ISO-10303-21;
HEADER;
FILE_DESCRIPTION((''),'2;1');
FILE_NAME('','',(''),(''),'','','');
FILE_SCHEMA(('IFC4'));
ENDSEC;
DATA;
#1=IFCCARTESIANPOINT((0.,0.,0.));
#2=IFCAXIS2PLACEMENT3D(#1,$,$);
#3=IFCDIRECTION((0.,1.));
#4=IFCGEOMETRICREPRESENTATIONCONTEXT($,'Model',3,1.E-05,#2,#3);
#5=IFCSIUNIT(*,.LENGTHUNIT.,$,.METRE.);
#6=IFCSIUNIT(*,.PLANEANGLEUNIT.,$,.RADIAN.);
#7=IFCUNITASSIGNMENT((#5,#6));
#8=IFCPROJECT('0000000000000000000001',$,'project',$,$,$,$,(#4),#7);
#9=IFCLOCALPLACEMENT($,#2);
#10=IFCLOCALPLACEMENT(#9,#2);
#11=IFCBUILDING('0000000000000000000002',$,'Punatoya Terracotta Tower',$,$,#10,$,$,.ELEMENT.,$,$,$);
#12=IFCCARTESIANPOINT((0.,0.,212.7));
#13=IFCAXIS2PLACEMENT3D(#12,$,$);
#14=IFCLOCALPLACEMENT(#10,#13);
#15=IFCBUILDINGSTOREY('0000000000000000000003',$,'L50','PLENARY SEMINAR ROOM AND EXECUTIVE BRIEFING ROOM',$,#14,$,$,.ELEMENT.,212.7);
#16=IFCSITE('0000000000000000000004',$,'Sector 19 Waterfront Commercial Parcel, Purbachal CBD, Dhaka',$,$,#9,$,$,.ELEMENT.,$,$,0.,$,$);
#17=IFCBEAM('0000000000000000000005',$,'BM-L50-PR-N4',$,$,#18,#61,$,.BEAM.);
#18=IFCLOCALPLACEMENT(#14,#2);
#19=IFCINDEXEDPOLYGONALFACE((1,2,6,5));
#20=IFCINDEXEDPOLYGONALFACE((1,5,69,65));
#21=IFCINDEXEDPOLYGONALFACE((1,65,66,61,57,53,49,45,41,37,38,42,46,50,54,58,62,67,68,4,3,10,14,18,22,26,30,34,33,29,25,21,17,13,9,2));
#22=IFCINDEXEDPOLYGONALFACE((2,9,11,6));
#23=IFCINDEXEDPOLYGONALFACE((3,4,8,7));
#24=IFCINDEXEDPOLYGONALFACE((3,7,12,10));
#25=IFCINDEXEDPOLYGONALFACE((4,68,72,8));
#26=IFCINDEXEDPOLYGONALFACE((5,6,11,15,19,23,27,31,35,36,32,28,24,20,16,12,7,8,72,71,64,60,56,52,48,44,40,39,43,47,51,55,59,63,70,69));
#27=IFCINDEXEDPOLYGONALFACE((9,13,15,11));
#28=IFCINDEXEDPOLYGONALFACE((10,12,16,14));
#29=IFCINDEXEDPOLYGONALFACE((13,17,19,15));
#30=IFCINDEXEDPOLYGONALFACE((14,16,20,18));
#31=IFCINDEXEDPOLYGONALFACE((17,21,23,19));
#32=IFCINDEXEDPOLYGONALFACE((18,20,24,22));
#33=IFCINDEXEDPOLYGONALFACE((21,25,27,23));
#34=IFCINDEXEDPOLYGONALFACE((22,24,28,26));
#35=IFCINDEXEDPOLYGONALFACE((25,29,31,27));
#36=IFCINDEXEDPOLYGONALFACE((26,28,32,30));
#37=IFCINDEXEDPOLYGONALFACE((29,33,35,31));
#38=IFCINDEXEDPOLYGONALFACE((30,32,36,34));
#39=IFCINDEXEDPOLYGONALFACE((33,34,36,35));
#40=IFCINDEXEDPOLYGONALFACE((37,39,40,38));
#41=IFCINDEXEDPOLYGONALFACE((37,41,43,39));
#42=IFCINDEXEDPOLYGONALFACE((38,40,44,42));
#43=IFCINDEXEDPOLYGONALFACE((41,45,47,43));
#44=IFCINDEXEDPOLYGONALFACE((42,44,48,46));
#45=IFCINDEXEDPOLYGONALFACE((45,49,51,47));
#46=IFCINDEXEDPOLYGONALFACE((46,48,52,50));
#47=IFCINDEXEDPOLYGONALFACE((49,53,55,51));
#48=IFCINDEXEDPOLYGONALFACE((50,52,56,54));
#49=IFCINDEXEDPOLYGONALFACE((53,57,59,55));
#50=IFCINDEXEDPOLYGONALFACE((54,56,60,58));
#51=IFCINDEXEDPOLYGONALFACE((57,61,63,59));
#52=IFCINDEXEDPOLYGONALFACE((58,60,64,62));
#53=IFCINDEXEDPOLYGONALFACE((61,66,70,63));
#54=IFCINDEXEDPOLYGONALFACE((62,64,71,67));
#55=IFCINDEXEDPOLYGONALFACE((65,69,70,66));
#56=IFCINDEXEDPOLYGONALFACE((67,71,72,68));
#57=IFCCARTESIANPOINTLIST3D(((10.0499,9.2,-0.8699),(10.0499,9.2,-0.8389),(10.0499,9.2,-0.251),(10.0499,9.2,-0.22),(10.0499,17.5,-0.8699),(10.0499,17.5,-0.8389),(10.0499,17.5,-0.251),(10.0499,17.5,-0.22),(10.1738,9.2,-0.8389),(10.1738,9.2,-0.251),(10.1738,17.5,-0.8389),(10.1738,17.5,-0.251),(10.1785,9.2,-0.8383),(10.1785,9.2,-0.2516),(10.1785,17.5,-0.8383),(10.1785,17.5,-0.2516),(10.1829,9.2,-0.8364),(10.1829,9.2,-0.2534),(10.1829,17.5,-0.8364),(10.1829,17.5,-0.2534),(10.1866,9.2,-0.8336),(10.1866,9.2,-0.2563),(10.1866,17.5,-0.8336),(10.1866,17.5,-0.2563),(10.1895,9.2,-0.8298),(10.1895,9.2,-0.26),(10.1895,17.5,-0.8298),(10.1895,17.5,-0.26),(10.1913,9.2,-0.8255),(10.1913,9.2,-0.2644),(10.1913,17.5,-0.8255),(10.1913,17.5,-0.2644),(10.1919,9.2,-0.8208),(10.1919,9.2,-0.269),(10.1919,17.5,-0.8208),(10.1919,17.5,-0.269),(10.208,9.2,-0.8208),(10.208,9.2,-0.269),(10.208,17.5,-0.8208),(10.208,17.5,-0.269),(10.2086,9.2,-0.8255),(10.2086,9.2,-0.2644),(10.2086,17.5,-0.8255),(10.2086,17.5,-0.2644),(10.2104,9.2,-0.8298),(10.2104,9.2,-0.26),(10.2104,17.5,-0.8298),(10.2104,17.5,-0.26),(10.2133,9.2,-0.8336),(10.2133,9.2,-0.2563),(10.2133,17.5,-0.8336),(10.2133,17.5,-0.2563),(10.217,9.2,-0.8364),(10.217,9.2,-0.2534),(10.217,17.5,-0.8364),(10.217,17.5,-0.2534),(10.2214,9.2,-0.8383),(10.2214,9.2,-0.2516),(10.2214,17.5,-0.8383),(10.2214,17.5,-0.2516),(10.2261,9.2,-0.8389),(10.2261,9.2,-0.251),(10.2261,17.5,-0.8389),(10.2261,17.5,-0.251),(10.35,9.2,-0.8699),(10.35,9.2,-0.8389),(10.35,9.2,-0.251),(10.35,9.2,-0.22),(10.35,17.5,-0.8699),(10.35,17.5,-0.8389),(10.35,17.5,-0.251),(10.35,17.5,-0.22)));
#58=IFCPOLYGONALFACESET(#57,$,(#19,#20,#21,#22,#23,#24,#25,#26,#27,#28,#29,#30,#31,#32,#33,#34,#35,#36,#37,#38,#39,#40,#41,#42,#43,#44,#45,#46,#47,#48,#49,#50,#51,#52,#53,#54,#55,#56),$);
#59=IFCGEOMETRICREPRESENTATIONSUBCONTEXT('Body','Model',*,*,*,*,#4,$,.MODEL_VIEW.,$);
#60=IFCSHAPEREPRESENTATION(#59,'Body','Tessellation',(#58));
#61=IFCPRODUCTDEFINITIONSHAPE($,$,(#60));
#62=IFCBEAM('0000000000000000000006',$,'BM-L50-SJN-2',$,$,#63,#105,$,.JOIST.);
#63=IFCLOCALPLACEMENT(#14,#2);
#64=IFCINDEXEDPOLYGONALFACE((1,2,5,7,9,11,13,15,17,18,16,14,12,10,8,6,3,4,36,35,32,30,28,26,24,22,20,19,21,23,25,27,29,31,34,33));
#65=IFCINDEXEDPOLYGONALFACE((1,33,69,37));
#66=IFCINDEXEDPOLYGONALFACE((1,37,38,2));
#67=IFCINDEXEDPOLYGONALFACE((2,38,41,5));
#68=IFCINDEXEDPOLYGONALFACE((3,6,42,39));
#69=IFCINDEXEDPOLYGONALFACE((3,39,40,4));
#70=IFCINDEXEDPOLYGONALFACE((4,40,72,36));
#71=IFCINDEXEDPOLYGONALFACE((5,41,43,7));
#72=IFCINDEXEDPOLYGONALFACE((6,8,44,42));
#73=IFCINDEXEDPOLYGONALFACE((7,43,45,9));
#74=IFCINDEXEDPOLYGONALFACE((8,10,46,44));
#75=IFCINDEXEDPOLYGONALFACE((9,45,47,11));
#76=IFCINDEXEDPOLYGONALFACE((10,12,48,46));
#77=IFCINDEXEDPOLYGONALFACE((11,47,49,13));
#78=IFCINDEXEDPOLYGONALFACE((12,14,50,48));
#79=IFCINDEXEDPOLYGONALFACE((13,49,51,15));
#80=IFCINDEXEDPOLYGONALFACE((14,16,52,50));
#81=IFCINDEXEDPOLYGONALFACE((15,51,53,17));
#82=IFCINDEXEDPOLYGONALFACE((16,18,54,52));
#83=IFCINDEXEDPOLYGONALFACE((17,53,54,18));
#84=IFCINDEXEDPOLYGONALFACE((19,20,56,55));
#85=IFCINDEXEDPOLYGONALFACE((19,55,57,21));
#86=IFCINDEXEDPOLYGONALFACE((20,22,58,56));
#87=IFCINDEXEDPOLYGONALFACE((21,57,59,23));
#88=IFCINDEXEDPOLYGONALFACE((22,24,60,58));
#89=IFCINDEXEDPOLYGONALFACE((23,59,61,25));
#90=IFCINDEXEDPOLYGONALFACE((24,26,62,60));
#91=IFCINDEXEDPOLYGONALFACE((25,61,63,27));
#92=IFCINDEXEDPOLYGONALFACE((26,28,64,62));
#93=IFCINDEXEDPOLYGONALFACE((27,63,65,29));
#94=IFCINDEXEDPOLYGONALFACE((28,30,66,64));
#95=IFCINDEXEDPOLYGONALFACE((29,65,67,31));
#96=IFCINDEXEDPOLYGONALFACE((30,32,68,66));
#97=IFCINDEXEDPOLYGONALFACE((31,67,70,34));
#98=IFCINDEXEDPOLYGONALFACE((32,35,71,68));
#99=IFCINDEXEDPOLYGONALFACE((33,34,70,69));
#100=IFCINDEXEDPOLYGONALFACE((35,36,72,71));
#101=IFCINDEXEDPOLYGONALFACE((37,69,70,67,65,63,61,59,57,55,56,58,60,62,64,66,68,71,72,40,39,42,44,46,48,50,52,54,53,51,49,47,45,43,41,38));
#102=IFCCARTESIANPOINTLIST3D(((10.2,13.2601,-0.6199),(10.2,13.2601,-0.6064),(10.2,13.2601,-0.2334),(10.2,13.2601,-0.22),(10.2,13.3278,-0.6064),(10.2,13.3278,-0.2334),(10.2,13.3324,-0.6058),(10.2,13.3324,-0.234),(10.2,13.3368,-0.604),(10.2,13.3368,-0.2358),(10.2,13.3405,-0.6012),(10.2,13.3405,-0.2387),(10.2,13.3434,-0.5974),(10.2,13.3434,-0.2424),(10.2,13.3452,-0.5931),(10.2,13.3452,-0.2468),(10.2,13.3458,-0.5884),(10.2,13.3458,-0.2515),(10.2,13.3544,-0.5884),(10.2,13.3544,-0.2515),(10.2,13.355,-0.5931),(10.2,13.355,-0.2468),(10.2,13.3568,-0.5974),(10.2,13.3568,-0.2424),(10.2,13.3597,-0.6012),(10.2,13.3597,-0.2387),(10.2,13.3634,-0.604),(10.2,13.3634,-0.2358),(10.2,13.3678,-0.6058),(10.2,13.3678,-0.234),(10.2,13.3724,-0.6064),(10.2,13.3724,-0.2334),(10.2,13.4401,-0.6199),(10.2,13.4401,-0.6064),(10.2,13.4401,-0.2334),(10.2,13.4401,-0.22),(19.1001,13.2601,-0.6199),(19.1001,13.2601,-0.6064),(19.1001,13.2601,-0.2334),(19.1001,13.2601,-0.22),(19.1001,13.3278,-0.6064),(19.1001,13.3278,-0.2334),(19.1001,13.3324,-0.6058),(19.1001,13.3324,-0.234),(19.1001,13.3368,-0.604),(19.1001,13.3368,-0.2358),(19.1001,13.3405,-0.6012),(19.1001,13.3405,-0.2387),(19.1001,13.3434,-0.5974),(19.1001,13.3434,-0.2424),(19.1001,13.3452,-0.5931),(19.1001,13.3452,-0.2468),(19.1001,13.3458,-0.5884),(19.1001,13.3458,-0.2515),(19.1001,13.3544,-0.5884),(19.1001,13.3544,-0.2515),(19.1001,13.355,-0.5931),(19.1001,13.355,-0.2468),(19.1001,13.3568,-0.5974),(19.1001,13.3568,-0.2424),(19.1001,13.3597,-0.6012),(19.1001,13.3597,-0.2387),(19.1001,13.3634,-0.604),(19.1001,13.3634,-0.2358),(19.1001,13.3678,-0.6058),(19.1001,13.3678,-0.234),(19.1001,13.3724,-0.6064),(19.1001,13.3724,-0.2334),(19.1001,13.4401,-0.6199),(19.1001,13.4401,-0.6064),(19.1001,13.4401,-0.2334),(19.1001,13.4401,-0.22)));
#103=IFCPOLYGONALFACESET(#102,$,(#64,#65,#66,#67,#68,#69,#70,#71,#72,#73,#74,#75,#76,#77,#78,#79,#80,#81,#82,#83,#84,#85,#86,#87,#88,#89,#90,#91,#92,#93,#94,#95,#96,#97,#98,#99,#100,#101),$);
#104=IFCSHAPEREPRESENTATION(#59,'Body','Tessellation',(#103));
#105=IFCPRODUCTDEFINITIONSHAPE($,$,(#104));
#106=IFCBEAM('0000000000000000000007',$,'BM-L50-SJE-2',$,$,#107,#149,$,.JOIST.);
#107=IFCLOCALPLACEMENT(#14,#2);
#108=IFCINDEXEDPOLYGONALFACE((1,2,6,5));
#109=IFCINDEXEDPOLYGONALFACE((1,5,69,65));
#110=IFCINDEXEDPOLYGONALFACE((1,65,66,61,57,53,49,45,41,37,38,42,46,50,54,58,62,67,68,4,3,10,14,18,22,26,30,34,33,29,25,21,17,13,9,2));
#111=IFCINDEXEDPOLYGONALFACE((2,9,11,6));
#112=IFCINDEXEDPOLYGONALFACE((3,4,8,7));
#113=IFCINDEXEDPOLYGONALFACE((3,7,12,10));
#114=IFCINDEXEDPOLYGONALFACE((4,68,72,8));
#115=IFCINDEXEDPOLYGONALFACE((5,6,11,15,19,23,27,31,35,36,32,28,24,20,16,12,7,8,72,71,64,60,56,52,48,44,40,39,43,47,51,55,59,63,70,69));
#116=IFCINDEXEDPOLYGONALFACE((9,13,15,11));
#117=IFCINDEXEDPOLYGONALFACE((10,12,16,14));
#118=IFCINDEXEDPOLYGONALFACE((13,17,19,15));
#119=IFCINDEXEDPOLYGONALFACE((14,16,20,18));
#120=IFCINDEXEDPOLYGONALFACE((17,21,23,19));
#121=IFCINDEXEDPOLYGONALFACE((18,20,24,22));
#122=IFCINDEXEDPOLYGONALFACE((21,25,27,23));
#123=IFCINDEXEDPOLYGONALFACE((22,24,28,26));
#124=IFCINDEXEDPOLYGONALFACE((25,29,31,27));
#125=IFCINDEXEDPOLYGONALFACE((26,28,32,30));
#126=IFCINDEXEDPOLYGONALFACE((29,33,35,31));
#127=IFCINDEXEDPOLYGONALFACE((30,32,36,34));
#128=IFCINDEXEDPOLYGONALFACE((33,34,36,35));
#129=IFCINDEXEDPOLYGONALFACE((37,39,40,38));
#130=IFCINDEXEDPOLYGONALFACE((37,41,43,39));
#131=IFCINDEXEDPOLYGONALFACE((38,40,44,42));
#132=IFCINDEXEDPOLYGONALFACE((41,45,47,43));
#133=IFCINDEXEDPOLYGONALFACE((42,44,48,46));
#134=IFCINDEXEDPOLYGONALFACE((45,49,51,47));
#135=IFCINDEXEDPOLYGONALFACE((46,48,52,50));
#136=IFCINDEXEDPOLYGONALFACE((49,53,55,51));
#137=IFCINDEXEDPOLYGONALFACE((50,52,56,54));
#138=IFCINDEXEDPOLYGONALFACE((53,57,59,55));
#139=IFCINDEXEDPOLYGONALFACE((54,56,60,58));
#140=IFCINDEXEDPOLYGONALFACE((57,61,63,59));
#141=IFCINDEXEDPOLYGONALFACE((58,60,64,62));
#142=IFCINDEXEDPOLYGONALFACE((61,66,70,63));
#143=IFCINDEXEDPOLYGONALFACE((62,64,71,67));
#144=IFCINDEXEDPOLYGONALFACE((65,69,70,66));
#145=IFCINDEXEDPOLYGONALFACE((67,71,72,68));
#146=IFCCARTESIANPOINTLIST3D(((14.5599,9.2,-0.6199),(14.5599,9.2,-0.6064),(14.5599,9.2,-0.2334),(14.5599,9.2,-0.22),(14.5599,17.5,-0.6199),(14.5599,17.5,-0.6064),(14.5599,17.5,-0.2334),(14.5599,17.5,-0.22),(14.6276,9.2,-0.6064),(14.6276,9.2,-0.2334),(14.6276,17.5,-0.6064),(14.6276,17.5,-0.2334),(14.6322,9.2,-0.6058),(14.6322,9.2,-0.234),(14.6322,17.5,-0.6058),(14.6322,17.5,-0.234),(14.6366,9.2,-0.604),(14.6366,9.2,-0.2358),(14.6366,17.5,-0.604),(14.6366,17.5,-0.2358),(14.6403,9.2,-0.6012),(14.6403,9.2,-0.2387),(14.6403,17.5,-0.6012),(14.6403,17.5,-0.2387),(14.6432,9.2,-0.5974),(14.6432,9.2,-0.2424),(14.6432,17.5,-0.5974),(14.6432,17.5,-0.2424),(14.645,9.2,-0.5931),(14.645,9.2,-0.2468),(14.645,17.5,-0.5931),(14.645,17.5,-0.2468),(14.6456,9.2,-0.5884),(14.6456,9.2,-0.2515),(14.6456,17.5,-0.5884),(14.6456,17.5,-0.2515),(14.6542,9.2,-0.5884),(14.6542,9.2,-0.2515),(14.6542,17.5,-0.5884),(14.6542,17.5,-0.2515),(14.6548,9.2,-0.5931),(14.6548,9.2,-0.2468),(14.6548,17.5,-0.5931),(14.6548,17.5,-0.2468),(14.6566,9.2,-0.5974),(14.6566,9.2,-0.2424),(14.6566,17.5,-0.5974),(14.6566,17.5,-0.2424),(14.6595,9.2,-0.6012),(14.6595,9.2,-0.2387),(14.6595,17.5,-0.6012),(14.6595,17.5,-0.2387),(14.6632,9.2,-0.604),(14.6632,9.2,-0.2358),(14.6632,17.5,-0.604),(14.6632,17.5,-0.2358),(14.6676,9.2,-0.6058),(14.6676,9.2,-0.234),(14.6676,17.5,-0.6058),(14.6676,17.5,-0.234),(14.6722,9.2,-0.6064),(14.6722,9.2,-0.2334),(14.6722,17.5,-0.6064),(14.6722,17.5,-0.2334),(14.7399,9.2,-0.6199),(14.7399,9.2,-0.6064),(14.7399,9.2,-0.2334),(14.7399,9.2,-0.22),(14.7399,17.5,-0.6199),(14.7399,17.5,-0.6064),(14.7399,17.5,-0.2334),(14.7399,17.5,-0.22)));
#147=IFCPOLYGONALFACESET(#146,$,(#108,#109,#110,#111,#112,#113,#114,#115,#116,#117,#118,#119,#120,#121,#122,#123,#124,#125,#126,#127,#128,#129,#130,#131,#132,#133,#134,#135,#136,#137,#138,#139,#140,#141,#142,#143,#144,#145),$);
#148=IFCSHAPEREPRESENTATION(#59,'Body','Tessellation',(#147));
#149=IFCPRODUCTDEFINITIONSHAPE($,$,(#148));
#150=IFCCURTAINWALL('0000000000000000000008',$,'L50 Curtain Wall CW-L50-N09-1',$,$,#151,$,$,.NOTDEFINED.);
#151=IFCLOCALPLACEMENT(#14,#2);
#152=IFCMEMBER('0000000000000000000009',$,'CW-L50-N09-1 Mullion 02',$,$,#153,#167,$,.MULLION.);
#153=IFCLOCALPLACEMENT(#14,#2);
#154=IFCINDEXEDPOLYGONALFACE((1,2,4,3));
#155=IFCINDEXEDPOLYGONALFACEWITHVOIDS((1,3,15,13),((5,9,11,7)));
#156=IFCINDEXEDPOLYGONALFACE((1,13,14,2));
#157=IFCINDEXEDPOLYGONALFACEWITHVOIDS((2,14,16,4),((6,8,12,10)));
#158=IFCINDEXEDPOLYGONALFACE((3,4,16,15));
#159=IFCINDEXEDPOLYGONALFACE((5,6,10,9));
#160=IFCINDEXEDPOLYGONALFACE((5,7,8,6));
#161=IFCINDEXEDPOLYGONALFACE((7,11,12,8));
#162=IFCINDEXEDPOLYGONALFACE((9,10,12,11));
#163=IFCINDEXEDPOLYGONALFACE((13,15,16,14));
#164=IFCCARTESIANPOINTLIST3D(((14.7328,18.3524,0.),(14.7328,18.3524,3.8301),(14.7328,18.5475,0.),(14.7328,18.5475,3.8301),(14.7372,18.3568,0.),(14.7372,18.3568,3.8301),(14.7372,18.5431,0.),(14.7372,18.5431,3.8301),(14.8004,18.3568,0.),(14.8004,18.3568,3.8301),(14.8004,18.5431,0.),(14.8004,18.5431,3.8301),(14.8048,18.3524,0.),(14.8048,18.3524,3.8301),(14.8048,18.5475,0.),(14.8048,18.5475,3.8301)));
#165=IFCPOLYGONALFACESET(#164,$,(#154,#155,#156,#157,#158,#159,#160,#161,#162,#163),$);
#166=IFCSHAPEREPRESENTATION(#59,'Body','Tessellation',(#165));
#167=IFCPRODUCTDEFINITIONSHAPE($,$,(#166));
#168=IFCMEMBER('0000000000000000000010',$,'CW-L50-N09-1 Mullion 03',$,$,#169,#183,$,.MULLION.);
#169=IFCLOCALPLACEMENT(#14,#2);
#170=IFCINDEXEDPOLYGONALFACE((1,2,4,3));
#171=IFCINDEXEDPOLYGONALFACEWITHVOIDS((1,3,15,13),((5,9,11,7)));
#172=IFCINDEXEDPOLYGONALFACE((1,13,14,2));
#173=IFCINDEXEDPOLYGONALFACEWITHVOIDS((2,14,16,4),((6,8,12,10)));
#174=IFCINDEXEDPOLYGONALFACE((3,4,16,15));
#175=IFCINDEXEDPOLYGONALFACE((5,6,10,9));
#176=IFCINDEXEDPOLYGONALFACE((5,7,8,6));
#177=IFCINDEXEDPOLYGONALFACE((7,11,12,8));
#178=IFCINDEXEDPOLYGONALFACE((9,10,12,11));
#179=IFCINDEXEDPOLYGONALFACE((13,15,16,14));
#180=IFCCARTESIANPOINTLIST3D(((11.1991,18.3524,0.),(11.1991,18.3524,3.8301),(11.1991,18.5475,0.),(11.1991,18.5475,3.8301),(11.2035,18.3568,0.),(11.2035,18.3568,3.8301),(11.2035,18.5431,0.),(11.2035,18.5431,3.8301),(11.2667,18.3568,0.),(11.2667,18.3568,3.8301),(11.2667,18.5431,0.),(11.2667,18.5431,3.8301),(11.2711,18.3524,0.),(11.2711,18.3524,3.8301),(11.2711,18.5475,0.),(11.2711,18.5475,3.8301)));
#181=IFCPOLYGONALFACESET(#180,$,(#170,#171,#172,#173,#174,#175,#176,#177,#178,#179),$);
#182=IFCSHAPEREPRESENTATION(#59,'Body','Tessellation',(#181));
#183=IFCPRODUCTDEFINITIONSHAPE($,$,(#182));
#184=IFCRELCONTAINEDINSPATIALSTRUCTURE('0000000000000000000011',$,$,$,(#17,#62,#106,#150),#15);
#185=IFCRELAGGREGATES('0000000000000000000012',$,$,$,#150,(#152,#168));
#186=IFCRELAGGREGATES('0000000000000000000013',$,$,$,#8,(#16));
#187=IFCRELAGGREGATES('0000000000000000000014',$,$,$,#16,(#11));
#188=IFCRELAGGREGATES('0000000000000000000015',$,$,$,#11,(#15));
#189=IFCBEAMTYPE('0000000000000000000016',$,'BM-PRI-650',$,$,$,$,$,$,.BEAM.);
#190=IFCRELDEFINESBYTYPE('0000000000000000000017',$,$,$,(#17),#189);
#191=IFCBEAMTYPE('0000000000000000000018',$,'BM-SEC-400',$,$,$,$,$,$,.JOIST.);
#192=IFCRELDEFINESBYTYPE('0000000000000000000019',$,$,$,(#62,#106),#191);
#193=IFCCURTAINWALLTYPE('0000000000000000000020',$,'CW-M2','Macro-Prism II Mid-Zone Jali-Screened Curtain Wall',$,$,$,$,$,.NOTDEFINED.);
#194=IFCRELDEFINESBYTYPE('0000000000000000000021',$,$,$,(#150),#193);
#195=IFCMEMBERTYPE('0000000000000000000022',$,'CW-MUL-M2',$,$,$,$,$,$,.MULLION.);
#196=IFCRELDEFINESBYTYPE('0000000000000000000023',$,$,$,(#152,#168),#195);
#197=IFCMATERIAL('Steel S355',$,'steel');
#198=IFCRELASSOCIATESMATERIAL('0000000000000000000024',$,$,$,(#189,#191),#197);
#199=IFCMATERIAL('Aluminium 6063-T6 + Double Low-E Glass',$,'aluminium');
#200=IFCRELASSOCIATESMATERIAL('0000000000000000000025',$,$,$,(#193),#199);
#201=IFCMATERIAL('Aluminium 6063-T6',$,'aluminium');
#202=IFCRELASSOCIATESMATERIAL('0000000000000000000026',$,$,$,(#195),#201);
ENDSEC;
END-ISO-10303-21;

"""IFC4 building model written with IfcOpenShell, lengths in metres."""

from ifc_helpers import new_model, si_unit, direction, frame, origin, origin_2d, place, context, subcontext, project, spatial, hollow_rectangle, i_section, extrude, material, material_profile, profile_set, type_object, element, aggregate, save


model = new_model("IFC4")

# Units and contexts
model_context = context("Model", 3, precision=1e-05, world=origin(), true_north=direction((0.0, 1.0)))
body_context = subcontext(model_context, "Body", "Model", "MODEL_VIEW")
ifc_project = project(units=[si_unit("LENGTHUNIT", "METRE"), si_unit("PLANEANGLEUNIT", "RADIAN")], contexts=[model_context])

# Site, building, storey
site_placement = place(None, origin())
site = spatial("IfcSite", under=ifc_project, at=site_placement, Name="Sector 19 Waterfront Commercial Parcel, Purbachal CBD, Dhaka", CompositionType="ELEMENT", RefElevation=0.0)
building_placement = place(site_placement, origin())
building = spatial("IfcBuilding", under=site, at=building_placement, Name="Punatoya Terracotta Tower", CompositionType="ELEMENT")
storey_placement = place(building_placement, frame((0.0, 0.0, 212.7)))
storey = spatial("IfcBuildingStorey", under=building, at=storey_placement, Name="L50", Description="PLENARY SEMINAR ROOM AND EXECUTIVE BRIEFING ROOM", CompositionType="ELEMENT", Elevation=212.7)

# Beams
ifc_material_1 = material(Name="Steel S355", Category="steel")
ifc_material_profile_1 = material_profile(ifc_material_1, i_section(OverallWidth=0.3, OverallDepth=0.6499, WebThickness=0.0161, FlangeThickness=0.031, FilletRadius=0.0181, at=origin_2d()))
ifc_profile_set_1 = profile_set([ifc_material_profile_1], Name="Steel S355")
beam_type_1 = type_object("IfcBeamType", Name="BM-PRI-650", PredefinedType="BEAM", material=ifc_profile_set_1)
for number, where, z_axis, x_axis, name in (
    (1, (10.2, 9.2, -0.5449), (0.0, 1.0, 0.0), (-1.0, 0.0, 0.0), "BM-L50-PR-N4"),
):
    element("IfcBeam", number, at=place(storey_placement, frame(where, z_axis=z_axis, x_axis=x_axis)), inside=storey, type_object=beam_type_1, Name=name, PredefinedType="BEAM", context=body_context, shape_type="SweptSolid", body=[
        extrude(i_section(OverallWidth=0.3, OverallDepth=0.6499, WebThickness=0.0161, FlangeThickness=0.031, FilletRadius=0.0181, at=origin_2d()), origin(), (0.0, 0.0, 1.0), 8.3),
    ])
ifc_material_profile_2 = material_profile(ifc_material_1, i_section(OverallWidth=0.1799, OverallDepth=0.3999, WebThickness=0.0085, FlangeThickness=0.0134, FilletRadius=0.0181, at=origin_2d()))
ifc_profile_set_2 = profile_set([ifc_material_profile_2], Name="Steel S355")
beam_type_2 = type_object("IfcBeamType", Name="BM-SEC-400", PredefinedType="JOIST", material=ifc_profile_set_2)
beam_1_placement = place(storey_placement, frame((10.2, 13.3501, -0.4199), z_axis=(1.0, 0.0, 0.0), x_axis=(0.0, 1.0, 0.0)))
element("IfcBeam", 2, at=beam_1_placement, inside=storey, type_object=beam_type_2, Name="BM-L50-SJN-2", PredefinedType="JOIST", context=body_context, shape_type="SweptSolid", body=[
    extrude(i_section(OverallWidth=0.1799, OverallDepth=0.3999, WebThickness=0.0085, FlangeThickness=0.0134, FilletRadius=0.0181, at=origin_2d()), origin(), (0.0, 0.0, 1.0), 8.9001),
])
beam_2_placement = place(storey_placement, frame((14.6499, 9.2, -0.4199), z_axis=(0.0, 1.0, 0.0), x_axis=(-1.0, 0.0, 0.0)))
element("IfcBeam", 3, at=beam_2_placement, inside=storey, type_object=beam_type_2, Name="BM-L50-SJE-2", PredefinedType="JOIST", context=body_context, shape_type="SweptSolid", body=[
    extrude(i_section(OverallWidth=0.1799, OverallDepth=0.3999, WebThickness=0.0085, FlangeThickness=0.0134, FilletRadius=0.0181, at=origin_2d()), origin(), (0.0, 0.0, 1.0), 8.3),
])

# Curtain wall, members
ifc_material_2 = material(Name="Aluminium 6063-T6 + Double Low-E Glass", Category="aluminium")
curtain_wall_type = type_object("IfcCurtainWallType", Name="CW-M2", Description="Macro-Prism II Mid-Zone Jali-Screened Curtain Wall", PredefinedType="NOTDEFINED", material=ifc_material_2)
curtain_wall_placement = place(storey_placement, origin())
curtain_wall = element("IfcCurtainWall", 4, at=curtain_wall_placement, inside=storey, type_object=curtain_wall_type, Name="L50 Curtain Wall CW-L50-N09-1", PredefinedType="NOTDEFINED")
ifc_material_3 = material(Name="Aluminium 6063-T6", Category="aluminium")
ifc_material_profile_3 = material_profile(ifc_material_3, hollow_rectangle(XDim=0.072, YDim=0.1951, WallThickness=0.0044, at=origin_2d()))
ifc_profile_set_3 = profile_set([ifc_material_profile_3], Name="Aluminium 6063-T6")
member_type = type_object("IfcMemberType", Name="CW-MUL-M2", PredefinedType="MULLION", material=ifc_profile_set_3)
member_1_placement = place(storey_placement, frame((14.7688, 18.45, 0.0), z_axis=(0.0, 0.0, 1.0), x_axis=(1.0, 0.0, 0.0)))
member_1 = element("IfcMember", 5, at=member_1_placement, type_object=member_type, Name="CW-L50-N09-1 Mullion 02", PredefinedType="MULLION", context=body_context, shape_type="SweptSolid", body=[
    extrude(hollow_rectangle(XDim=0.072, YDim=0.1951, WallThickness=0.0044, at=origin_2d()), origin(), (0.0, 0.0, 1.0), 3.8301),
])
member_2_placement = place(storey_placement, frame((11.2351, 18.45, 0.0), z_axis=(0.0, 0.0, 1.0), x_axis=(1.0, 0.0, 0.0)))
member_2 = element("IfcMember", 6, at=member_2_placement, type_object=member_type, Name="CW-L50-N09-1 Mullion 03", PredefinedType="MULLION", context=body_context, shape_type="SweptSolid", body=[
    extrude(hollow_rectangle(XDim=0.072, YDim=0.1951, WallThickness=0.0044, at=origin_2d()), origin(), (0.0, 0.0, 1.0), 3.8301),
])
aggregate(curtain_wall, [member_1, member_2])

save(model, "model.ifc")
